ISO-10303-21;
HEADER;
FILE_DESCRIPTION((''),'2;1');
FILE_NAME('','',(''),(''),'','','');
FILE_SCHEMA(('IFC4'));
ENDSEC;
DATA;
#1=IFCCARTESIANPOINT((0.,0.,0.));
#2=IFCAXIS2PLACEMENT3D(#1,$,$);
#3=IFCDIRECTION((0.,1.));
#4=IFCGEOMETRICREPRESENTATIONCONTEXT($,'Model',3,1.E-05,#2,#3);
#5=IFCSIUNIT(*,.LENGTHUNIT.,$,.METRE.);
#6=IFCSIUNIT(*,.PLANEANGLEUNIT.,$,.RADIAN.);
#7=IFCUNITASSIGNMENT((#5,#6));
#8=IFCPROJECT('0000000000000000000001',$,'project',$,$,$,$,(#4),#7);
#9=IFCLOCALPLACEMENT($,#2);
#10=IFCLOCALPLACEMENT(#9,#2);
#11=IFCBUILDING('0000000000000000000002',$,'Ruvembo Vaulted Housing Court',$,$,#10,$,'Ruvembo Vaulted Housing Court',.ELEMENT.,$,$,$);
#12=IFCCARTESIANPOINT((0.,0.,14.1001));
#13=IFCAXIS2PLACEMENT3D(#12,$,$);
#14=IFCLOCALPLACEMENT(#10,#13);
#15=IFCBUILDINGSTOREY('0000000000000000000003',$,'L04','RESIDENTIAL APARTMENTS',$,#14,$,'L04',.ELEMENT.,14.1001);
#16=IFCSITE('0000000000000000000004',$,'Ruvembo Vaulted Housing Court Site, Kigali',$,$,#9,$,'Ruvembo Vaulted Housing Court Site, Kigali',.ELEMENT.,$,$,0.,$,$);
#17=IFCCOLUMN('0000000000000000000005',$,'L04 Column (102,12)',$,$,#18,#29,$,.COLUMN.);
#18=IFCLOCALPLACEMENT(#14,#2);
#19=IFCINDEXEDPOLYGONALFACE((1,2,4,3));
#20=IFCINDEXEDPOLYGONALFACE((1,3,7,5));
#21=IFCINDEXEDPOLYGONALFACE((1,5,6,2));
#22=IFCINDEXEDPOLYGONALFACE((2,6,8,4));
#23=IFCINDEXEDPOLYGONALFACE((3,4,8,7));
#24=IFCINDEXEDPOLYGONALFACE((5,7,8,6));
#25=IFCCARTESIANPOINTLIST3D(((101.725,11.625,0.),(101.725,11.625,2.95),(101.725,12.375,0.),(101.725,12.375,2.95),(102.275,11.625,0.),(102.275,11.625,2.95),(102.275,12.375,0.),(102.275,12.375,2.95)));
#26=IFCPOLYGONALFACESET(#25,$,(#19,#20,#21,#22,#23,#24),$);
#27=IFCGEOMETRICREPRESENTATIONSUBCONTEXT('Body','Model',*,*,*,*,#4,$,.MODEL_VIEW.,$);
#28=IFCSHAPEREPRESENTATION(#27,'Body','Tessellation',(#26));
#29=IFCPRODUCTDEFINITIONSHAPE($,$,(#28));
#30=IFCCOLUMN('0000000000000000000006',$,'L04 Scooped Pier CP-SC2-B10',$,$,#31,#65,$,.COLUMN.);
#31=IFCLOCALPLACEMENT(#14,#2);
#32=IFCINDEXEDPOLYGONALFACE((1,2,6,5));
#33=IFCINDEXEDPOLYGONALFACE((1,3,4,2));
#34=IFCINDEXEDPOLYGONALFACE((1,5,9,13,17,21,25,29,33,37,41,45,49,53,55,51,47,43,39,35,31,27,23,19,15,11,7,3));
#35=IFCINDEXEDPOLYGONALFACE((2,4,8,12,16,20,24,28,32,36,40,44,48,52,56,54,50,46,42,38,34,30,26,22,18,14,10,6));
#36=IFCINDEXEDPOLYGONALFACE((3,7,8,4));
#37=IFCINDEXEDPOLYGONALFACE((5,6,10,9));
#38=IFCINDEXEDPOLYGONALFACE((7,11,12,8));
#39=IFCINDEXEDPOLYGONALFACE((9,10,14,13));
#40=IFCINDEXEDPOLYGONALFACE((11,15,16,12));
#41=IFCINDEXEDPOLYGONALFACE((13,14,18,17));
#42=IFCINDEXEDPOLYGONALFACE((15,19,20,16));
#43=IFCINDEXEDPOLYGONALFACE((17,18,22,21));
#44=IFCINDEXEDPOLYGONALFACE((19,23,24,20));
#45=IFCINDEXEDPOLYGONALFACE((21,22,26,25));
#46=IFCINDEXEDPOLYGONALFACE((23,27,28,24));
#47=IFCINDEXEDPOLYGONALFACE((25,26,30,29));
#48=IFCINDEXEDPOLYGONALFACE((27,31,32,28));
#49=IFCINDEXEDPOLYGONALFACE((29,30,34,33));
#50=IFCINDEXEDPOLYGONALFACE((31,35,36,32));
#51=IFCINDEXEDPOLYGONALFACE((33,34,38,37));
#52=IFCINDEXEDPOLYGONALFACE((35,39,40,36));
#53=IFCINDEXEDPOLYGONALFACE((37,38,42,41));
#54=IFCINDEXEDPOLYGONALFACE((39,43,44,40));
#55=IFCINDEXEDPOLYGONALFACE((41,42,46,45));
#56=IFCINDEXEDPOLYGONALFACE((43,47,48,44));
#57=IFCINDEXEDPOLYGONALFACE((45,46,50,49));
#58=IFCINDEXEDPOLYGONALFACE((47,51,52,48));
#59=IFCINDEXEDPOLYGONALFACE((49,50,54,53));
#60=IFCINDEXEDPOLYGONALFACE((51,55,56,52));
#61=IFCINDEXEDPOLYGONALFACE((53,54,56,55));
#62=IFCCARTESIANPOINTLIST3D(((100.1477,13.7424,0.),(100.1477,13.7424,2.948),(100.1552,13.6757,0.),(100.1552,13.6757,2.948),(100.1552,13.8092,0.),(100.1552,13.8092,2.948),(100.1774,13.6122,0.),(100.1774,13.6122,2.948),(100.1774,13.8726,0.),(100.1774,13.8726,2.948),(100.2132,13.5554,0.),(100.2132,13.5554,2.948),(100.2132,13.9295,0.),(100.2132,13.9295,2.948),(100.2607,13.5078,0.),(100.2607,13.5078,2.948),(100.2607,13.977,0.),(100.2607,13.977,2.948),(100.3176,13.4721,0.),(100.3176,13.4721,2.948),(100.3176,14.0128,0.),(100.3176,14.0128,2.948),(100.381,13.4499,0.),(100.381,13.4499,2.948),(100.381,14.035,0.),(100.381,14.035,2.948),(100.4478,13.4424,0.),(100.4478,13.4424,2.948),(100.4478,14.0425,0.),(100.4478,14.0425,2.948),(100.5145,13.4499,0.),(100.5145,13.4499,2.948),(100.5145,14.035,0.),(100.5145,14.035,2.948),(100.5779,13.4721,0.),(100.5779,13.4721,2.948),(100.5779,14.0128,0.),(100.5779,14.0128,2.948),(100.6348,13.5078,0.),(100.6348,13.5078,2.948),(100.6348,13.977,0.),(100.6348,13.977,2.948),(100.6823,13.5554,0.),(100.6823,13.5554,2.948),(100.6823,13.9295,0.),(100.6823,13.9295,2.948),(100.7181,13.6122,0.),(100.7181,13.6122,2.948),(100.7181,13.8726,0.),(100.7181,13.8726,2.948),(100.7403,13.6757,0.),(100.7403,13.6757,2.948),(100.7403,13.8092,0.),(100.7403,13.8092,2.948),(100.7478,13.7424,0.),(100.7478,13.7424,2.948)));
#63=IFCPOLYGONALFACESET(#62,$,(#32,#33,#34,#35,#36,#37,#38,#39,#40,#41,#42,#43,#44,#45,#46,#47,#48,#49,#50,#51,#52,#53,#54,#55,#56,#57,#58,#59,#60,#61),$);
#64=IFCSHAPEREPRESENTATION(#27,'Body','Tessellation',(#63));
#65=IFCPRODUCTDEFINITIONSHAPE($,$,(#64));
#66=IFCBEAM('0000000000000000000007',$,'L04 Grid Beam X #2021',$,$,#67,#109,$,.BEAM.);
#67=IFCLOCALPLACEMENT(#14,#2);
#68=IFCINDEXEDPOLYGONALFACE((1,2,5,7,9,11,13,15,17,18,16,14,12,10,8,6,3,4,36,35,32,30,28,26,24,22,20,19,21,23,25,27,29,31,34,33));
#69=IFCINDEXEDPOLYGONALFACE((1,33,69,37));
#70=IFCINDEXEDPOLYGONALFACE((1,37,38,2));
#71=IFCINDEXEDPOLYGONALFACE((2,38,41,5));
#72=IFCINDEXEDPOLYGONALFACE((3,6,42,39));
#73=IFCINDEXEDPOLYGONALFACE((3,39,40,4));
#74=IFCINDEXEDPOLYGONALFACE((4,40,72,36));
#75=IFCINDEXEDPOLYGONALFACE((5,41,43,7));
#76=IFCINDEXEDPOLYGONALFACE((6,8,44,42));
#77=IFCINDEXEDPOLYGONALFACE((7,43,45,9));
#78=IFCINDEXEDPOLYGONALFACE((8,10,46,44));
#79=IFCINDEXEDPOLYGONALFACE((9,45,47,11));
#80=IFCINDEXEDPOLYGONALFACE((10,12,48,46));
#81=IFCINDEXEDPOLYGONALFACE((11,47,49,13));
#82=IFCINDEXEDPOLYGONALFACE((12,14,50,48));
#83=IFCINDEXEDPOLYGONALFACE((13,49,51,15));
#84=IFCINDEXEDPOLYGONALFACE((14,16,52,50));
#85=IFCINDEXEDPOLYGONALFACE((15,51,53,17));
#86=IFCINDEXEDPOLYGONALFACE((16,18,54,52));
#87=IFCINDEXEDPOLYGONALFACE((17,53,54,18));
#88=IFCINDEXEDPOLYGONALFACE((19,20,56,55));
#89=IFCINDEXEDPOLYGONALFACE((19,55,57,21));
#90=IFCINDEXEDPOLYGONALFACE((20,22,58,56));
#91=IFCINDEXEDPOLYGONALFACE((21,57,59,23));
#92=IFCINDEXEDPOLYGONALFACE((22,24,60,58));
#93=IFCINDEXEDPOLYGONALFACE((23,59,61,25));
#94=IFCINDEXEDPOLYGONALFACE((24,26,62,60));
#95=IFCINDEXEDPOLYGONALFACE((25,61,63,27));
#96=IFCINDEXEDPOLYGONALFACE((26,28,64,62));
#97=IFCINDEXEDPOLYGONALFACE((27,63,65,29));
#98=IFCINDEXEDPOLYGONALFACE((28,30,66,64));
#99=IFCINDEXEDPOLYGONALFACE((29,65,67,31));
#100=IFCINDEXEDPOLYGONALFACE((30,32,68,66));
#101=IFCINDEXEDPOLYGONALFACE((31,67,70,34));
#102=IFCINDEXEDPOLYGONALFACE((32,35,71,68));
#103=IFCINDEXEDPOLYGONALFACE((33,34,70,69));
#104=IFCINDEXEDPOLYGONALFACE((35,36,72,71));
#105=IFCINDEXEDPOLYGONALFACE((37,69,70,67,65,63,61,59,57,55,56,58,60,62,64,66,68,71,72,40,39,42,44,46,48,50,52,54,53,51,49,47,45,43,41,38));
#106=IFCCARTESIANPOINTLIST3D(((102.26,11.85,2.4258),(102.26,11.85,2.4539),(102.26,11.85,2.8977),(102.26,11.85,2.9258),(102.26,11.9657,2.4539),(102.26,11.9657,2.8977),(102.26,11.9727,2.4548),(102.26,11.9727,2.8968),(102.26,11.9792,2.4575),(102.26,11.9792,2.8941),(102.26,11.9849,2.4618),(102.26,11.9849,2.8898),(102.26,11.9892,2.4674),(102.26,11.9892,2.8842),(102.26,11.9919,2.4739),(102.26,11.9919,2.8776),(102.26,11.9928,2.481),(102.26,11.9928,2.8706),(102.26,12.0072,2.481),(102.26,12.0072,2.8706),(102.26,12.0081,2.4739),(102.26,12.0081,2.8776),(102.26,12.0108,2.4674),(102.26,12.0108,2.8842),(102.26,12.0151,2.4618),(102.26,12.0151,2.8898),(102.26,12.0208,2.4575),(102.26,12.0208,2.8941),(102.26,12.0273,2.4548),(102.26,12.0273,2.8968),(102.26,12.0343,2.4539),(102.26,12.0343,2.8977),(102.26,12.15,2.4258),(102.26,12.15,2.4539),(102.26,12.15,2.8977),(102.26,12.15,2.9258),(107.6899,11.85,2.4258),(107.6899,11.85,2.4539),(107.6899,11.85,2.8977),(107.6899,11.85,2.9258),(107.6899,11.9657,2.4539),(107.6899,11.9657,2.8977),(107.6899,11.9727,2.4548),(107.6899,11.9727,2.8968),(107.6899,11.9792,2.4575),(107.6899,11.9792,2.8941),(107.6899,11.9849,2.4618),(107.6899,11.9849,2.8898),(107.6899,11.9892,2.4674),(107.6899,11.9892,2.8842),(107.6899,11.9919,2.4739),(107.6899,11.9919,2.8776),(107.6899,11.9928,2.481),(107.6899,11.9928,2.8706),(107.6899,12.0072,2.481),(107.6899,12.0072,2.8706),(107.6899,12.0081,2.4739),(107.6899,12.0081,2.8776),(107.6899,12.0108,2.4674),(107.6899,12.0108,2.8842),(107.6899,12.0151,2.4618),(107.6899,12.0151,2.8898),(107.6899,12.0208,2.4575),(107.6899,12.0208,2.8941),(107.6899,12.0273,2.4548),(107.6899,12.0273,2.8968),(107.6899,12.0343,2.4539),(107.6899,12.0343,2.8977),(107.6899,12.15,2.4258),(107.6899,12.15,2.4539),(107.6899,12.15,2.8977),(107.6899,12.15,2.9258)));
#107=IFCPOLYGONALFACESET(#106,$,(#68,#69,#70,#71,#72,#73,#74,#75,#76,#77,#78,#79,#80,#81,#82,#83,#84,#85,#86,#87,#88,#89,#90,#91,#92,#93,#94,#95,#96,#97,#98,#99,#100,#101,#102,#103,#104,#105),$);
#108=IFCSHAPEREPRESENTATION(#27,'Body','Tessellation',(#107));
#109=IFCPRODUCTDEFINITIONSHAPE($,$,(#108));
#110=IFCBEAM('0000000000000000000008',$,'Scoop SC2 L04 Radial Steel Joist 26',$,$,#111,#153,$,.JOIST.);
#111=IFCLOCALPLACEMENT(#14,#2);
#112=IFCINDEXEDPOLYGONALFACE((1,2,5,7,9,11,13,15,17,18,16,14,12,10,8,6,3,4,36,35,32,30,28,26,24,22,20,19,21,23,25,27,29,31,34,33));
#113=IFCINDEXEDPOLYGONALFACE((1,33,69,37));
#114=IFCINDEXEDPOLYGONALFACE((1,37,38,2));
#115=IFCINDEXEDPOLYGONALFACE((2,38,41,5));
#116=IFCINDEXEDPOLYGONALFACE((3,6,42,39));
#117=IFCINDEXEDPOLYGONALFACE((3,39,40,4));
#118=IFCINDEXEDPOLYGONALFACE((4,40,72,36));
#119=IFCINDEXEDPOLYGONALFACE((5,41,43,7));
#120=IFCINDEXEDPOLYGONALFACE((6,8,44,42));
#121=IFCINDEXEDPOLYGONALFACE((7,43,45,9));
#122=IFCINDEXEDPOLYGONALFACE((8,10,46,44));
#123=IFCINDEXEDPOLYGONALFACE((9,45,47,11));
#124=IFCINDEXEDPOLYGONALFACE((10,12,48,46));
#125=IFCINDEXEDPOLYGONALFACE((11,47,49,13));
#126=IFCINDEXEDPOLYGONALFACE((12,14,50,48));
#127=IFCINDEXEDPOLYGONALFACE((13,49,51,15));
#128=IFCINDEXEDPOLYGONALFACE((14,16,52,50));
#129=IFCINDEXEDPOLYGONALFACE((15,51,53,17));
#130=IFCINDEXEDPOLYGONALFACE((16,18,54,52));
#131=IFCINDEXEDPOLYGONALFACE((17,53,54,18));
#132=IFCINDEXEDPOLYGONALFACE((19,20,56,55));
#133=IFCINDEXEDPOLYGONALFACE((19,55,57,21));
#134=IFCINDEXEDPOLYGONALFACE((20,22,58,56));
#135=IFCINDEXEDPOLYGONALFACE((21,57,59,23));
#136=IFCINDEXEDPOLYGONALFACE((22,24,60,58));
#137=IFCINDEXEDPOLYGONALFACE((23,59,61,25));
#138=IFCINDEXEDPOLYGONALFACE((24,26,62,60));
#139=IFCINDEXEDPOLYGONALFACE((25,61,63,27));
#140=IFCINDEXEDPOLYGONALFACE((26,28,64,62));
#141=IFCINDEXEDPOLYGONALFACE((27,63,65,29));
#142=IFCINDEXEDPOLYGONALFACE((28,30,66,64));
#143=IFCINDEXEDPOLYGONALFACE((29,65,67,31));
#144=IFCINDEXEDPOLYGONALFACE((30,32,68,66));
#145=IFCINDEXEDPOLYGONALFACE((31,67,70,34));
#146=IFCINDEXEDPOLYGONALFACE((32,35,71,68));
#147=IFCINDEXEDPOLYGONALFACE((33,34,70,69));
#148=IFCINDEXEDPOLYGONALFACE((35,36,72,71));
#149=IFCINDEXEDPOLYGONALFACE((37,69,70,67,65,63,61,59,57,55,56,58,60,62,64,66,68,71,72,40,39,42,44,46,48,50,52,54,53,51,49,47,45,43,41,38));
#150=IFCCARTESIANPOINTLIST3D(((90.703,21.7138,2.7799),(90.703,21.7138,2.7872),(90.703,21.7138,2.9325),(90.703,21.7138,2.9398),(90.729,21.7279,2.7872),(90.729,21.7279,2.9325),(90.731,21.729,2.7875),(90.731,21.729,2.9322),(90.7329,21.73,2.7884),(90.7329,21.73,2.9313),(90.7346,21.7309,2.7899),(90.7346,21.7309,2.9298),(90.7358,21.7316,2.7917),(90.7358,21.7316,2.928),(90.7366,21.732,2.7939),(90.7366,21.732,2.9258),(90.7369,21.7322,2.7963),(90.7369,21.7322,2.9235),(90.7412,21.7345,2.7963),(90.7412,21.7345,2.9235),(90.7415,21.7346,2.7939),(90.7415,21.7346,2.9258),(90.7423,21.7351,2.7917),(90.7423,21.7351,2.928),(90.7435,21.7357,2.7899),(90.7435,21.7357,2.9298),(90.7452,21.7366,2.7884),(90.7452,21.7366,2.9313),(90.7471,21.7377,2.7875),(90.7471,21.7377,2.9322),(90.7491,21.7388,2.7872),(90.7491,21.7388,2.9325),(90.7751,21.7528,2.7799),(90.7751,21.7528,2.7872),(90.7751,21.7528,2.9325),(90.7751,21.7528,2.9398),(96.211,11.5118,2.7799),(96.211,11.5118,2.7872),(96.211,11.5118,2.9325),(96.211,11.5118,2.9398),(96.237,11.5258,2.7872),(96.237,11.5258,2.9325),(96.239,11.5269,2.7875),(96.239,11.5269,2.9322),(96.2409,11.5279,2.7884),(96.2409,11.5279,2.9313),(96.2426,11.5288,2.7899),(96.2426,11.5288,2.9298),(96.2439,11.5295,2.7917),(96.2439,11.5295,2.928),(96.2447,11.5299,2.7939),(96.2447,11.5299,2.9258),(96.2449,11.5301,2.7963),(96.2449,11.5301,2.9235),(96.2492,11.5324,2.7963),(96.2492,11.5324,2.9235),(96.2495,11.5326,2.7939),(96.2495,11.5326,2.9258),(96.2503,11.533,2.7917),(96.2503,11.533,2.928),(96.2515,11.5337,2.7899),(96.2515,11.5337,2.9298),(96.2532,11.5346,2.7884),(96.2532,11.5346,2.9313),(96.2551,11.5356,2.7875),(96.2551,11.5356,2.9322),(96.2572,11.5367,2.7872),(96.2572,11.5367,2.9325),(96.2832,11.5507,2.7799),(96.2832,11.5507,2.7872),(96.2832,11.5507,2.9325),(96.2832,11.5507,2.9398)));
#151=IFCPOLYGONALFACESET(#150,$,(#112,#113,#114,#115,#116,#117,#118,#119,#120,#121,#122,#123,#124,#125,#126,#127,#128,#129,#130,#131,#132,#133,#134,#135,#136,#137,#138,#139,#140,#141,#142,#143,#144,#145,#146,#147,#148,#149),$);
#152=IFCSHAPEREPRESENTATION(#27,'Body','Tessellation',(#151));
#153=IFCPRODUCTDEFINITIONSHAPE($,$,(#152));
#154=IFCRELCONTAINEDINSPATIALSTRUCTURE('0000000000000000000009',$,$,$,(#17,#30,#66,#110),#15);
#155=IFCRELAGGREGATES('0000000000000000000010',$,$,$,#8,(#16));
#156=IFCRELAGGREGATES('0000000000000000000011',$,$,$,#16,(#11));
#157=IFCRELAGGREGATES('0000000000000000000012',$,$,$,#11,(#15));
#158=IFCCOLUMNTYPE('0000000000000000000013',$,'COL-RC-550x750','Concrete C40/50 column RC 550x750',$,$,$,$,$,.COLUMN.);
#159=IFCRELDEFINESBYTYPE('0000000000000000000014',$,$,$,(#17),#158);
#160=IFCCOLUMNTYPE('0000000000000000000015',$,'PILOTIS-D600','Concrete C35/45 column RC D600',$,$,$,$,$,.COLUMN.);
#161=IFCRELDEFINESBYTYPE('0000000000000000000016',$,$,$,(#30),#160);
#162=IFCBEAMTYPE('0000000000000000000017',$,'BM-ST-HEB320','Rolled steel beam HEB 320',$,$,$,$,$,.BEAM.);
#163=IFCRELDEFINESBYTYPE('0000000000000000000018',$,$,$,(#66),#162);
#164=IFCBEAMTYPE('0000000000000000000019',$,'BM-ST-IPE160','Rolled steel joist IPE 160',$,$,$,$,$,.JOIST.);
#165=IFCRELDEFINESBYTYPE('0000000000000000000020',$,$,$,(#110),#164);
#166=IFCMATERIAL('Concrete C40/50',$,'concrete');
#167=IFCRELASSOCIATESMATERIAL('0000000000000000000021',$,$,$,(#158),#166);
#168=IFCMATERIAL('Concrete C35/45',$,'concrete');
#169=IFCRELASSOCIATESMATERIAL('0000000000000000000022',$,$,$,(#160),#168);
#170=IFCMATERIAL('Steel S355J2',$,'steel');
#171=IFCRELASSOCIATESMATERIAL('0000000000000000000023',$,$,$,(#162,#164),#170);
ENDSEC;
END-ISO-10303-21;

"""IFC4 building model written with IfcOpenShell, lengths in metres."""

from ifc_helpers import new_model, si_unit, direction, frame, origin, origin_2d, place, context, subcontext, project, spatial, rectangle, circle, i_section, extrude, material, material_profile, profile_set, type_object, element, save


model = new_model("IFC4")

# Units and contexts
model_context = context("Model", 3, precision=1e-05, world=origin(), true_north=direction((0.0, 1.0)))
body_context = subcontext(model_context, "Body", "Model", "MODEL_VIEW")
ifc_project = project(units=[si_unit("LENGTHUNIT", "METRE"), si_unit("PLANEANGLEUNIT", "RADIAN")], contexts=[model_context])

# Site, building, storey
site_placement = place(None, origin())
site = spatial("IfcSite", under=ifc_project, at=site_placement, Name="Ruvembo Vaulted Housing Court Site, Kigali", LongName="Ruvembo Vaulted Housing Court Site, Kigali", CompositionType="ELEMENT", RefElevation=0.0)
building_placement = place(site_placement, origin())
building = spatial("IfcBuilding", under=site, at=building_placement, Name="Ruvembo Vaulted Housing Court", LongName="Ruvembo Vaulted Housing Court", CompositionType="ELEMENT")
storey_placement = place(building_placement, frame((0.0, 0.0, 14.1001)))
storey = spatial("IfcBuildingStorey", under=building, at=storey_placement, Name="L04", Description="RESIDENTIAL APARTMENTS", LongName="L04", CompositionType="ELEMENT", Elevation=14.1001)

# Columns
ifc_material_1 = material(Name="Concrete C40/50", Category="concrete")
ifc_material_profile_1 = material_profile(ifc_material_1, rectangle(XDim=0.55, YDim=0.75, at=origin_2d()), Name="RC 550x750")
ifc_profile_set_1 = profile_set([ifc_material_profile_1], Name="Concrete C40/50")
column_type_1 = type_object("IfcColumnType", Name="COL-RC-550x750", Description="Concrete C40/50 column RC 550x750", PredefinedType="COLUMN", material=ifc_profile_set_1)
column_1_placement = place(storey_placement, frame((102.0, 12.0, 0.0), z_axis=(0.0, 0.0, 1.0), x_axis=(1.0, 0.0, 0.0)))
element("IfcColumn", 1, at=column_1_placement, inside=storey, type_object=column_type_1, Name="L04 Column (102,12)", PredefinedType="COLUMN", context=body_context, shape_type="SweptSolid", body=[
    extrude(rectangle(XDim=0.55, YDim=0.75, at=origin_2d()), origin(), (0.0, 0.0, 1.0), 2.95),
])
ifc_material_2 = material(Name="Concrete C35/45", Category="concrete")
ifc_material_profile_2 = material_profile(ifc_material_2, circle(Radius=0.3, at=origin_2d()), Name="RC D600")
ifc_profile_set_2 = profile_set([ifc_material_profile_2], Name="Concrete C35/45")
column_type_2 = type_object("IfcColumnType", Name="PILOTIS-D600", Description="Concrete C35/45 column RC D600", PredefinedType="COLUMN", material=ifc_profile_set_2)
column_2_placement = place(storey_placement, frame((100.4478, 13.7424, 0.0), z_axis=(0.0, 0.0, 1.0), x_axis=(1.0, 0.0, 0.0)))
element("IfcColumn", 2, at=column_2_placement, inside=storey, type_object=column_type_2, Name="L04 Scooped Pier CP-SC2-B10", PredefinedType="COLUMN", context=body_context, shape_type="SweptSolid", body=[
    extrude(circle(Radius=0.3, at=origin_2d()), origin(), (0.0, 0.0, 1.0), 2.948),
])

# Beams
ifc_material_3 = material(Name="Steel S355J2", Category="steel")
ifc_material_profile_3 = material_profile(ifc_material_3, i_section(OverallWidth=0.3, OverallDepth=0.5, WebThickness=0.0144, FlangeThickness=0.0281, FilletRadius=0.0271, at=origin_2d()), Name="HEB 320")
ifc_profile_set_3 = profile_set([ifc_material_profile_3], Name="Steel S355J2")
beam_type_1 = type_object("IfcBeamType", Name="BM-ST-HEB320", Description="Rolled steel beam HEB 320", PredefinedType="BEAM", material=ifc_profile_set_3)
beam_1_placement = place(storey_placement, frame((102.26, 12.0, 2.6758), z_axis=(1.0, 0.0, 0.0), x_axis=(0.0, 1.0, 0.0)))
element("IfcBeam", 3, at=beam_1_placement, inside=storey, type_object=beam_type_1, Name="L04 Grid Beam X #2021", PredefinedType="BEAM", context=body_context, shape_type="SweptSolid", body=[
    extrude(i_section(OverallWidth=0.3, OverallDepth=0.5, WebThickness=0.0144, FlangeThickness=0.0281, FilletRadius=0.0271, at=origin_2d()), origin(), (0.0, 0.0, 1.0), 5.4299),
])
ifc_material_profile_4 = material_profile(ifc_material_3, i_section(OverallWidth=0.082, OverallDepth=0.1599, WebThickness=0.0049, FlangeThickness=0.0073, FilletRadius=0.009, at=origin_2d()), Name="IPE 160")
ifc_profile_set_4 = profile_set([ifc_material_profile_4], Name="Steel S355J2")
beam_type_2 = type_object("IfcBeamType", Name="BM-ST-IPE160", Description="Rolled steel joist IPE 160", PredefinedType="JOIST", material=ifc_profile_set_4)
beam_2_placement = place(storey_placement, frame((96.2471, 11.5312, 2.8599), z_axis=(-0.475075, 0.879945, 0.0), x_axis=(-0.879945, -0.475075, 0.0)))
element("IfcBeam", 4, at=beam_2_placement, inside=storey, type_object=beam_type_2, Name="Scoop SC2 L04 Radial Steel Joist 26", PredefinedType="JOIST", context=body_context, shape_type="SweptSolid", body=[
    extrude(i_section(OverallWidth=0.082, OverallDepth=0.1599, WebThickness=0.0049, FlangeThickness=0.0073, FilletRadius=0.009, at=origin_2d()), origin(), (0.0, 0.0, 1.0), 11.594),
])

save(model, "model.ifc")
